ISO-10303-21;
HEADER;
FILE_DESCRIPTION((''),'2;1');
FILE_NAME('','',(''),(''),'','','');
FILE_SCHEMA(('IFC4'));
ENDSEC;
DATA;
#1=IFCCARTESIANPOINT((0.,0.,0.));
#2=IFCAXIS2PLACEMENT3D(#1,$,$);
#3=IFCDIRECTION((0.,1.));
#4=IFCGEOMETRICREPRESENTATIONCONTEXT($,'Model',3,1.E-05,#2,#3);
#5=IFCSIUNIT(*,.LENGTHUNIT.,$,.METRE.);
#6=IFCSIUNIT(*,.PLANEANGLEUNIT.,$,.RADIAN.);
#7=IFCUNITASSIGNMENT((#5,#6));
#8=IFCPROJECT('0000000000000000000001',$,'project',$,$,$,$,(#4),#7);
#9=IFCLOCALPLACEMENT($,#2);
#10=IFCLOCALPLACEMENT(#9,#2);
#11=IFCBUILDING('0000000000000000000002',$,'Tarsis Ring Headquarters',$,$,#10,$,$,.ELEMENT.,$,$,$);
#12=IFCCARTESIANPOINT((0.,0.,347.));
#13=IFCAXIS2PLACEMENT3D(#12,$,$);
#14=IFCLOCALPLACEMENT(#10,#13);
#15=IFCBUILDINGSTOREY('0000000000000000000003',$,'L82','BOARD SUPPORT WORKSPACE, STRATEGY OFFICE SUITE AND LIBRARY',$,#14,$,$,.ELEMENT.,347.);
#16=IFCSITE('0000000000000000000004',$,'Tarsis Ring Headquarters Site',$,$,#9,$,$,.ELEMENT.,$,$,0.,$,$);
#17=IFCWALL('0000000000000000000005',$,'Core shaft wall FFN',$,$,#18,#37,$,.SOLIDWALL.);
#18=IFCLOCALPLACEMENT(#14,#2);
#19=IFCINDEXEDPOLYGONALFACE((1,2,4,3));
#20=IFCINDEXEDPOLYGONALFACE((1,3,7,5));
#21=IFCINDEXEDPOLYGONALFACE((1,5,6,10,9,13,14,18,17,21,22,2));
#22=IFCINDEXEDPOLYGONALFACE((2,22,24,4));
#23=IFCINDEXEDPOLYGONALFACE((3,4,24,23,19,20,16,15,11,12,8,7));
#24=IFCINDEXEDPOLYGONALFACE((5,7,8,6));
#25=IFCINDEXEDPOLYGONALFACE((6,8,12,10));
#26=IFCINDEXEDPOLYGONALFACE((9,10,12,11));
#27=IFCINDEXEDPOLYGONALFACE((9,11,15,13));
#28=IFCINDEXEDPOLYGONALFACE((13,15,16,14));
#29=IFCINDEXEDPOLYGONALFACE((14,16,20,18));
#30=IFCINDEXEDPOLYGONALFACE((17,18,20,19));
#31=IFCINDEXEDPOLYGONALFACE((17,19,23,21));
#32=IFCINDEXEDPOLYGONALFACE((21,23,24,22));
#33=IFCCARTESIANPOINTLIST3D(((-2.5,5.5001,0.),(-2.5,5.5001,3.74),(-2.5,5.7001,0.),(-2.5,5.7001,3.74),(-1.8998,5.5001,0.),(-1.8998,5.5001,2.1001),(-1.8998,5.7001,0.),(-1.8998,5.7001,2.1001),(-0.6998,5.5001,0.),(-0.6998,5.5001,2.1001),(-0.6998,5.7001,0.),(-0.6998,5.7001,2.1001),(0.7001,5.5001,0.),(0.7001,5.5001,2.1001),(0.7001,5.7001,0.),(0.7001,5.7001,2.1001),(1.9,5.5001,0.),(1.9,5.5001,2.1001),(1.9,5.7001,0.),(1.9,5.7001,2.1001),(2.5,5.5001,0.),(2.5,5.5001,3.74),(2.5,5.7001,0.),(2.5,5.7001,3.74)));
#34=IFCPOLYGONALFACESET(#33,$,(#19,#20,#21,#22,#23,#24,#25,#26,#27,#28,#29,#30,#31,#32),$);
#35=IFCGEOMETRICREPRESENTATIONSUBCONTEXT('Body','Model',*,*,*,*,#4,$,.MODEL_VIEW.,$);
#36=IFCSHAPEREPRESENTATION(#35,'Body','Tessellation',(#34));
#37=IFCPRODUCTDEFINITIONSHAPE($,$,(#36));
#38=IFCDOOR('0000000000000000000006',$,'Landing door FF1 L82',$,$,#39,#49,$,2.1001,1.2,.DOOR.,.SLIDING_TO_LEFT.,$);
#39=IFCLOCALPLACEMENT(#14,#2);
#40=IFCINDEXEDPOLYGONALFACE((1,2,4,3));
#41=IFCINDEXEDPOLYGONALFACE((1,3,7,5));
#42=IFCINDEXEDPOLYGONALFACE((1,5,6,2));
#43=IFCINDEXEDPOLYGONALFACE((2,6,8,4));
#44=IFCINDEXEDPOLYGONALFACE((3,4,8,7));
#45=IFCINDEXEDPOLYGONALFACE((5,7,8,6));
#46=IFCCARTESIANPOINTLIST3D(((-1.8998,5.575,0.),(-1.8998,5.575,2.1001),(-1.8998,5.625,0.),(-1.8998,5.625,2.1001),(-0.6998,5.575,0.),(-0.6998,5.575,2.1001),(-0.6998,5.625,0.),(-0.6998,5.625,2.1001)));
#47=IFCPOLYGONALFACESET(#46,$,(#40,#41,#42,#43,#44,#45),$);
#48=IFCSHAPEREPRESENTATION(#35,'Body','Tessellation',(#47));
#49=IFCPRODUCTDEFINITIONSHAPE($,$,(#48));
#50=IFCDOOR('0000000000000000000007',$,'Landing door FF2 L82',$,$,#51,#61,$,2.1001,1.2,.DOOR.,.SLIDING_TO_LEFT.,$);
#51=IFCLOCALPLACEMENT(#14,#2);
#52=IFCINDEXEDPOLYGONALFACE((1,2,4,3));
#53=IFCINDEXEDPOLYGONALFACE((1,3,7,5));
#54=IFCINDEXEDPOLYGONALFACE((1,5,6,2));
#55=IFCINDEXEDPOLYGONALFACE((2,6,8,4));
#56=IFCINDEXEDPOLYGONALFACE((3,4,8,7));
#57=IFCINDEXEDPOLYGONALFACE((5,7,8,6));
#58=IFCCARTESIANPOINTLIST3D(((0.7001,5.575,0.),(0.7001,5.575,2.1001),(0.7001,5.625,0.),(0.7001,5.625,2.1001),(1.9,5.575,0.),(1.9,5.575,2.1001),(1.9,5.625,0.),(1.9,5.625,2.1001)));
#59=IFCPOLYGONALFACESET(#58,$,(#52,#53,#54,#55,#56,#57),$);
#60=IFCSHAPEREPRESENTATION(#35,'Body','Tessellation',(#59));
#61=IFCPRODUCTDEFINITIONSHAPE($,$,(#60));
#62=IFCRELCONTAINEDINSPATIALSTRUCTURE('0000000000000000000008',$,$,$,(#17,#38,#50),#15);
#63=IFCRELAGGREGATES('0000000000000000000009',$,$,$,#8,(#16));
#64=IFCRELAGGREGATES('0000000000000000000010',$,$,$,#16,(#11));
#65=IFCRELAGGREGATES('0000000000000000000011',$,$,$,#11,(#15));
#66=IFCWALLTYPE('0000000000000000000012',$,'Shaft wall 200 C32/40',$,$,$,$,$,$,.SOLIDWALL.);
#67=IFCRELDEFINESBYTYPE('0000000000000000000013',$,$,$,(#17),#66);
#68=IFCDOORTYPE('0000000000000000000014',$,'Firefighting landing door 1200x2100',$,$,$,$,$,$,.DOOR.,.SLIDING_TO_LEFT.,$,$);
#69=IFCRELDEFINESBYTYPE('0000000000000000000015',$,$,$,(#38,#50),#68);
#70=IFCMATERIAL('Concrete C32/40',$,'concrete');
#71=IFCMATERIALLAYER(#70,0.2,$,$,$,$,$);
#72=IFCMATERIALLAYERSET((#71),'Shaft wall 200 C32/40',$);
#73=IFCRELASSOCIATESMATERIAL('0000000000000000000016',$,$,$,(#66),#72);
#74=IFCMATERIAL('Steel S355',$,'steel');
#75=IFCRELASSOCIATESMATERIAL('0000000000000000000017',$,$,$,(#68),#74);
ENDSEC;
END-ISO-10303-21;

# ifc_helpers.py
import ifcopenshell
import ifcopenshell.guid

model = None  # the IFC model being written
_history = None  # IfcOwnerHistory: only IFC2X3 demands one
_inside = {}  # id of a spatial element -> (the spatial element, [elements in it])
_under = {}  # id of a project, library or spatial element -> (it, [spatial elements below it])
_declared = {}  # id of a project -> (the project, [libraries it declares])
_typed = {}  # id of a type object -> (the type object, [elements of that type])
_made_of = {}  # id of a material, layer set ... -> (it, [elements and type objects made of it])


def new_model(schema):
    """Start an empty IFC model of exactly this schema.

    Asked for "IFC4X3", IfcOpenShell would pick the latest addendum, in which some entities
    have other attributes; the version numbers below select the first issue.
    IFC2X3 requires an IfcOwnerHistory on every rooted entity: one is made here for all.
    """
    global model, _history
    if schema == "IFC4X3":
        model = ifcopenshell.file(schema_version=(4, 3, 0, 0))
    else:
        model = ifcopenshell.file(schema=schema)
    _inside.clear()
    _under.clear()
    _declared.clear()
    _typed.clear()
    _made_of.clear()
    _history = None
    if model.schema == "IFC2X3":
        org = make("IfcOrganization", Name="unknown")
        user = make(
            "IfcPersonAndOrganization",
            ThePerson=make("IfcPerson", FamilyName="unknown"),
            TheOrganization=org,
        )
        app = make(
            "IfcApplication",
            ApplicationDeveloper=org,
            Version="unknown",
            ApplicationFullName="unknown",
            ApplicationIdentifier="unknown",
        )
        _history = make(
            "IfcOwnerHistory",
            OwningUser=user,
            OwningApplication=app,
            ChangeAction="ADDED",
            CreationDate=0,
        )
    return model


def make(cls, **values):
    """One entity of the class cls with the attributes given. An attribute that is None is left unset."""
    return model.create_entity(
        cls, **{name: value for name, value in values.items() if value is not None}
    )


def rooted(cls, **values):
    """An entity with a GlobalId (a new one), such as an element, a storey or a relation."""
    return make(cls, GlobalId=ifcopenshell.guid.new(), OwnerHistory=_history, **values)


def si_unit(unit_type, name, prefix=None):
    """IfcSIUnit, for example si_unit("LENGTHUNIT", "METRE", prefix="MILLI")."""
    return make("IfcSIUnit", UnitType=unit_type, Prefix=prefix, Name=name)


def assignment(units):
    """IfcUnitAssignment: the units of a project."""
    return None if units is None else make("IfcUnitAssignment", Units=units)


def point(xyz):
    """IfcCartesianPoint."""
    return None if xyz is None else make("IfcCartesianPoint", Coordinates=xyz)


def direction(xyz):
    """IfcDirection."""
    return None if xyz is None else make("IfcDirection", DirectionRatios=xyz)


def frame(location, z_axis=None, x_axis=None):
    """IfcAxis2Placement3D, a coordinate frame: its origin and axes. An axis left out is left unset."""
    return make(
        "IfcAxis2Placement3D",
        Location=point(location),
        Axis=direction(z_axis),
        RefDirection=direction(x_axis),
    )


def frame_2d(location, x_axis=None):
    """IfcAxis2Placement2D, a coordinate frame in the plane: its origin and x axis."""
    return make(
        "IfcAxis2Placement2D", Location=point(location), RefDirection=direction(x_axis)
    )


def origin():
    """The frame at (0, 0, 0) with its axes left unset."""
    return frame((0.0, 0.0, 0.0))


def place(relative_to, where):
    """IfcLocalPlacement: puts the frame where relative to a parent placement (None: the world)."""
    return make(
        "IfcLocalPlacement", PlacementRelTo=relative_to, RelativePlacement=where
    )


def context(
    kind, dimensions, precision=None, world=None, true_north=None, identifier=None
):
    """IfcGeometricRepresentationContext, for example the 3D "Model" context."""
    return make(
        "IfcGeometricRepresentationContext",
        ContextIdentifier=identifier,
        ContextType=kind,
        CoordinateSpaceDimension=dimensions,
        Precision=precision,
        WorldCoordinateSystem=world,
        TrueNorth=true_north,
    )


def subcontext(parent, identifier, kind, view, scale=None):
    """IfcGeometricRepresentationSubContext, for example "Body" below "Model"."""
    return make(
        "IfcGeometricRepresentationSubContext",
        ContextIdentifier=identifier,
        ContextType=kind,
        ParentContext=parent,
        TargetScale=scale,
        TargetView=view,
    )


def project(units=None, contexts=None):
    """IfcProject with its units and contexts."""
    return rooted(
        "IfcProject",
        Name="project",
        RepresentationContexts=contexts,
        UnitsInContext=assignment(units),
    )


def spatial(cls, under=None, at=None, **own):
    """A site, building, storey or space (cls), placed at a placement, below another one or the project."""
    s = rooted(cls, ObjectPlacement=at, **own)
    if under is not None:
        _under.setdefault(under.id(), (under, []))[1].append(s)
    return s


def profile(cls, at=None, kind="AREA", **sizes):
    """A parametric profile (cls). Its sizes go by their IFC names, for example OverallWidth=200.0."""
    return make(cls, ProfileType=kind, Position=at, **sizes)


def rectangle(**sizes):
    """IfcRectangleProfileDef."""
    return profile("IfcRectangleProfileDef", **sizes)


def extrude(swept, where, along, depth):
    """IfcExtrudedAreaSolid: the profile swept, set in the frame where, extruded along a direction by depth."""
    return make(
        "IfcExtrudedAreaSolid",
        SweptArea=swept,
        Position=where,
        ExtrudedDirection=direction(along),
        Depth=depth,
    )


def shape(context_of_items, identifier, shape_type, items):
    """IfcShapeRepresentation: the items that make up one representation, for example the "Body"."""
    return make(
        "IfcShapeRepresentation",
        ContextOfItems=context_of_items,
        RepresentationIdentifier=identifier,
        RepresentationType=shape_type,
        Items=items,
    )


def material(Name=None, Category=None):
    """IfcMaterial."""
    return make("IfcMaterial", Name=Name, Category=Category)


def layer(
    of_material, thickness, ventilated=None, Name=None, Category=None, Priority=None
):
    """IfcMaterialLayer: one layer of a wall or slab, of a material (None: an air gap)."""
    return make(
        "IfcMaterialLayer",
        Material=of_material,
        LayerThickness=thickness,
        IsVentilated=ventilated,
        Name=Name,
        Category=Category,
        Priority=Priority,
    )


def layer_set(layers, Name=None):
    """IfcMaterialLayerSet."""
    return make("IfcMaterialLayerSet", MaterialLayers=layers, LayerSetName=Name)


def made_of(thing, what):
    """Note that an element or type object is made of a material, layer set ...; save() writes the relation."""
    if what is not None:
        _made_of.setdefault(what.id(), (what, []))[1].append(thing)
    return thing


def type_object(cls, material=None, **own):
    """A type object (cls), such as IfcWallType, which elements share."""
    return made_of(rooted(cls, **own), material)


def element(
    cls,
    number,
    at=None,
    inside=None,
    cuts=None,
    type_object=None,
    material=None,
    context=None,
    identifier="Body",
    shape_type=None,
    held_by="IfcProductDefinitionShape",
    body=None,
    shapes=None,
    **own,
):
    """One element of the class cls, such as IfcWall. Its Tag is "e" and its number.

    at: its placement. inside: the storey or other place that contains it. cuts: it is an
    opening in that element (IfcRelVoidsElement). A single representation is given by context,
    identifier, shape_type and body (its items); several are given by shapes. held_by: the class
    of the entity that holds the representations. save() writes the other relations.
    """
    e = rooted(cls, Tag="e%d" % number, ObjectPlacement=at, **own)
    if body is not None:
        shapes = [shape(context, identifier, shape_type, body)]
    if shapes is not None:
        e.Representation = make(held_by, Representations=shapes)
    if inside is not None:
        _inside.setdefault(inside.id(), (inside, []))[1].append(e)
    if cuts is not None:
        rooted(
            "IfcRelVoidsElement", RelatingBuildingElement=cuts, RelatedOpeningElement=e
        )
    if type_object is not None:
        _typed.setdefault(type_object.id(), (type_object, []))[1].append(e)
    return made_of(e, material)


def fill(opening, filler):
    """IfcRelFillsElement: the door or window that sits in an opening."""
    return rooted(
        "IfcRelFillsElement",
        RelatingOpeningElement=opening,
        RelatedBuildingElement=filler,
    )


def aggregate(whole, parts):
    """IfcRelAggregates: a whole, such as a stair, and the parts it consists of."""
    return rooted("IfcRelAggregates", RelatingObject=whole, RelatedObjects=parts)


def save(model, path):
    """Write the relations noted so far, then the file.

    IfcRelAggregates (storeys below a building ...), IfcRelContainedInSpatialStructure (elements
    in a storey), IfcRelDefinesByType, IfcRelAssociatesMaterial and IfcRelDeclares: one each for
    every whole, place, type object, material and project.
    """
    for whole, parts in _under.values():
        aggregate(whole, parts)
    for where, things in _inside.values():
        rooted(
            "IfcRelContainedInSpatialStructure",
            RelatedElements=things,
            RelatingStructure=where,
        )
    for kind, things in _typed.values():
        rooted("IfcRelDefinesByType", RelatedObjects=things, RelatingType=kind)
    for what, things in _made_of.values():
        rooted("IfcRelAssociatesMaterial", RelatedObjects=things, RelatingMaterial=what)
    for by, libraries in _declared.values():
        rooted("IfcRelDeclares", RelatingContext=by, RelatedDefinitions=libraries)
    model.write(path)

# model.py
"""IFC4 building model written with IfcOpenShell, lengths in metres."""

from ifc_helpers import new_model, si_unit, direction, frame, frame_2d, origin, place, context, subcontext, project, spatial, rectangle, extrude, material, layer, layer_set, type_object, element, fill, save


model = new_model("IFC4")

# Units and contexts
model_context = context("Model", 3, precision=1e-05, world=origin(), true_north=direction((0.0, 1.0)))
body_context = subcontext(model_context, "Body", "Model", "MODEL_VIEW")
ifc_project = project(units=[si_unit("LENGTHUNIT", "METRE"), si_unit("PLANEANGLEUNIT", "RADIAN")], contexts=[model_context])

# Site, building, storey
site_placement = place(None, origin())
site = spatial("IfcSite", under=ifc_project, at=site_placement, Name="Tarsis Ring Headquarters Site", CompositionType="ELEMENT", RefElevation=0.0)
building_placement = place(site_placement, origin())
building = spatial("IfcBuilding", under=site, at=building_placement, Name="Tarsis Ring Headquarters", CompositionType="ELEMENT")
storey_placement = place(building_placement, frame((0.0, 0.0, 347.0)))
storey = spatial("IfcBuildingStorey", under=building, at=storey_placement, Name="L82", Description="BOARD SUPPORT WORKSPACE, STRATEGY OFFICE SUITE AND LIBRARY", CompositionType="ELEMENT", Elevation=347.0)

# Shared definitions
ifc_material_1 = material(Name="Concrete C32/40", Category="concrete")
ifc_layer = layer(ifc_material_1, 0.2)
ifc_layer_set = layer_set([ifc_layer], Name="Shaft wall 200 C32/40")
wall_type = type_object("IfcWallType", Name="Shaft wall 200 C32/40", PredefinedType="SOLIDWALL", material=ifc_layer_set)
ifc_material_2 = material(Name="Steel S355", Category="steel")

# Wall, openings, doors
wall_1_placement = place(storey_placement, frame((-2.5, 5.6001, 0.0), z_axis=(0.0, 0.0, 1.0), x_axis=(1.0, 0.0, 0.0)))
wall_1 = element("IfcWall", 1, at=wall_1_placement, inside=storey, type_object=wall_type, Name="Core shaft wall FFN", PredefinedType="SOLIDWALL", context=body_context, shape_type="SweptSolid", body=[
    extrude(rectangle(XDim=5.0, YDim=0.2, at=frame_2d((2.5, 0.0))), origin(), (0.0, 0.0, 1.0), 3.74),
])
opening_1_placement = place(wall_1_placement, frame((0.6001, 0.0, 0.0)))
opening_1 = element("IfcOpeningElement", 2, at=opening_1_placement, cuts=wall_1, PredefinedType="OPENING", context=body_context, shape_type="SweptSolid", body=[
    extrude(rectangle(XDim=1.2, YDim=2.1001, at=frame_2d((0.6001, 1.05))), frame((0.0, 0.1099, 0.0), z_axis=(0.0, -1.0, 0.0), x_axis=(1.0, 0.0, 0.0)), (0.0, 0.0, 1.0), 0.22),
])
opening_2_placement = place(wall_1_placement, frame((3.2, 0.0, 0.0)))
opening_2 = element("IfcOpeningElement", 3, at=opening_2_placement, cuts=wall_1, PredefinedType="OPENING", context=body_context, shape_type="SweptSolid", body=[
    extrude(rectangle(XDim=1.2, YDim=2.1001, at=frame_2d((0.6001, 1.05))), frame((0.0, 0.1099, 0.0), z_axis=(0.0, -1.0, 0.0), x_axis=(1.0, 0.0, 0.0)), (0.0, 0.0, 1.0), 0.22),
])
door_type_1 = type_object("IfcDoorType", Name="Firefighting landing door 1200x2100", OperationType="SLIDING_TO_LEFT", PredefinedType="DOOR", material=ifc_material_2)
door_1_placement = place(opening_1_placement, origin())
door_1 = element("IfcDoor", 4, at=door_1_placement, inside=storey, type_object=door_type_1, Name="Landing door FF1 L82", OperationType="SLIDING_TO_LEFT", OverallHeight=2.1001, OverallWidth=1.2, PredefinedType="DOOR", context=body_context, shape_type="SweptSolid", body=[
    extrude(rectangle(XDim=1.2, YDim=2.1001, at=frame_2d((0.6001, 1.05))), frame((0.0, 0.0249, 0.0), z_axis=(0.0, -1.0, 0.0), x_axis=(1.0, 0.0, 0.0)), (0.0, 0.0, 1.0), 0.05),
])
fill(opening_1, door_1)
door_2_placement = place(opening_2_placement, origin())
door_2 = element("IfcDoor", 5, at=door_2_placement, inside=storey, type_object=door_type_1, Name="Landing door FF2 L82", OperationType="SLIDING_TO_LEFT", OverallHeight=2.1001, OverallWidth=1.2, PredefinedType="DOOR", context=body_context, shape_type="SweptSolid", body=[
    extrude(rectangle(XDim=1.2, YDim=2.1001, at=frame_2d((0.6001, 1.05))), frame((0.0, 0.0249, 0.0), z_axis=(0.0, -1.0, 0.0), x_axis=(1.0, 0.0, 0.0)), (0.0, 0.0, 1.0), 0.05),
])
fill(opening_2, door_2)

save(model, "model.ifc")
